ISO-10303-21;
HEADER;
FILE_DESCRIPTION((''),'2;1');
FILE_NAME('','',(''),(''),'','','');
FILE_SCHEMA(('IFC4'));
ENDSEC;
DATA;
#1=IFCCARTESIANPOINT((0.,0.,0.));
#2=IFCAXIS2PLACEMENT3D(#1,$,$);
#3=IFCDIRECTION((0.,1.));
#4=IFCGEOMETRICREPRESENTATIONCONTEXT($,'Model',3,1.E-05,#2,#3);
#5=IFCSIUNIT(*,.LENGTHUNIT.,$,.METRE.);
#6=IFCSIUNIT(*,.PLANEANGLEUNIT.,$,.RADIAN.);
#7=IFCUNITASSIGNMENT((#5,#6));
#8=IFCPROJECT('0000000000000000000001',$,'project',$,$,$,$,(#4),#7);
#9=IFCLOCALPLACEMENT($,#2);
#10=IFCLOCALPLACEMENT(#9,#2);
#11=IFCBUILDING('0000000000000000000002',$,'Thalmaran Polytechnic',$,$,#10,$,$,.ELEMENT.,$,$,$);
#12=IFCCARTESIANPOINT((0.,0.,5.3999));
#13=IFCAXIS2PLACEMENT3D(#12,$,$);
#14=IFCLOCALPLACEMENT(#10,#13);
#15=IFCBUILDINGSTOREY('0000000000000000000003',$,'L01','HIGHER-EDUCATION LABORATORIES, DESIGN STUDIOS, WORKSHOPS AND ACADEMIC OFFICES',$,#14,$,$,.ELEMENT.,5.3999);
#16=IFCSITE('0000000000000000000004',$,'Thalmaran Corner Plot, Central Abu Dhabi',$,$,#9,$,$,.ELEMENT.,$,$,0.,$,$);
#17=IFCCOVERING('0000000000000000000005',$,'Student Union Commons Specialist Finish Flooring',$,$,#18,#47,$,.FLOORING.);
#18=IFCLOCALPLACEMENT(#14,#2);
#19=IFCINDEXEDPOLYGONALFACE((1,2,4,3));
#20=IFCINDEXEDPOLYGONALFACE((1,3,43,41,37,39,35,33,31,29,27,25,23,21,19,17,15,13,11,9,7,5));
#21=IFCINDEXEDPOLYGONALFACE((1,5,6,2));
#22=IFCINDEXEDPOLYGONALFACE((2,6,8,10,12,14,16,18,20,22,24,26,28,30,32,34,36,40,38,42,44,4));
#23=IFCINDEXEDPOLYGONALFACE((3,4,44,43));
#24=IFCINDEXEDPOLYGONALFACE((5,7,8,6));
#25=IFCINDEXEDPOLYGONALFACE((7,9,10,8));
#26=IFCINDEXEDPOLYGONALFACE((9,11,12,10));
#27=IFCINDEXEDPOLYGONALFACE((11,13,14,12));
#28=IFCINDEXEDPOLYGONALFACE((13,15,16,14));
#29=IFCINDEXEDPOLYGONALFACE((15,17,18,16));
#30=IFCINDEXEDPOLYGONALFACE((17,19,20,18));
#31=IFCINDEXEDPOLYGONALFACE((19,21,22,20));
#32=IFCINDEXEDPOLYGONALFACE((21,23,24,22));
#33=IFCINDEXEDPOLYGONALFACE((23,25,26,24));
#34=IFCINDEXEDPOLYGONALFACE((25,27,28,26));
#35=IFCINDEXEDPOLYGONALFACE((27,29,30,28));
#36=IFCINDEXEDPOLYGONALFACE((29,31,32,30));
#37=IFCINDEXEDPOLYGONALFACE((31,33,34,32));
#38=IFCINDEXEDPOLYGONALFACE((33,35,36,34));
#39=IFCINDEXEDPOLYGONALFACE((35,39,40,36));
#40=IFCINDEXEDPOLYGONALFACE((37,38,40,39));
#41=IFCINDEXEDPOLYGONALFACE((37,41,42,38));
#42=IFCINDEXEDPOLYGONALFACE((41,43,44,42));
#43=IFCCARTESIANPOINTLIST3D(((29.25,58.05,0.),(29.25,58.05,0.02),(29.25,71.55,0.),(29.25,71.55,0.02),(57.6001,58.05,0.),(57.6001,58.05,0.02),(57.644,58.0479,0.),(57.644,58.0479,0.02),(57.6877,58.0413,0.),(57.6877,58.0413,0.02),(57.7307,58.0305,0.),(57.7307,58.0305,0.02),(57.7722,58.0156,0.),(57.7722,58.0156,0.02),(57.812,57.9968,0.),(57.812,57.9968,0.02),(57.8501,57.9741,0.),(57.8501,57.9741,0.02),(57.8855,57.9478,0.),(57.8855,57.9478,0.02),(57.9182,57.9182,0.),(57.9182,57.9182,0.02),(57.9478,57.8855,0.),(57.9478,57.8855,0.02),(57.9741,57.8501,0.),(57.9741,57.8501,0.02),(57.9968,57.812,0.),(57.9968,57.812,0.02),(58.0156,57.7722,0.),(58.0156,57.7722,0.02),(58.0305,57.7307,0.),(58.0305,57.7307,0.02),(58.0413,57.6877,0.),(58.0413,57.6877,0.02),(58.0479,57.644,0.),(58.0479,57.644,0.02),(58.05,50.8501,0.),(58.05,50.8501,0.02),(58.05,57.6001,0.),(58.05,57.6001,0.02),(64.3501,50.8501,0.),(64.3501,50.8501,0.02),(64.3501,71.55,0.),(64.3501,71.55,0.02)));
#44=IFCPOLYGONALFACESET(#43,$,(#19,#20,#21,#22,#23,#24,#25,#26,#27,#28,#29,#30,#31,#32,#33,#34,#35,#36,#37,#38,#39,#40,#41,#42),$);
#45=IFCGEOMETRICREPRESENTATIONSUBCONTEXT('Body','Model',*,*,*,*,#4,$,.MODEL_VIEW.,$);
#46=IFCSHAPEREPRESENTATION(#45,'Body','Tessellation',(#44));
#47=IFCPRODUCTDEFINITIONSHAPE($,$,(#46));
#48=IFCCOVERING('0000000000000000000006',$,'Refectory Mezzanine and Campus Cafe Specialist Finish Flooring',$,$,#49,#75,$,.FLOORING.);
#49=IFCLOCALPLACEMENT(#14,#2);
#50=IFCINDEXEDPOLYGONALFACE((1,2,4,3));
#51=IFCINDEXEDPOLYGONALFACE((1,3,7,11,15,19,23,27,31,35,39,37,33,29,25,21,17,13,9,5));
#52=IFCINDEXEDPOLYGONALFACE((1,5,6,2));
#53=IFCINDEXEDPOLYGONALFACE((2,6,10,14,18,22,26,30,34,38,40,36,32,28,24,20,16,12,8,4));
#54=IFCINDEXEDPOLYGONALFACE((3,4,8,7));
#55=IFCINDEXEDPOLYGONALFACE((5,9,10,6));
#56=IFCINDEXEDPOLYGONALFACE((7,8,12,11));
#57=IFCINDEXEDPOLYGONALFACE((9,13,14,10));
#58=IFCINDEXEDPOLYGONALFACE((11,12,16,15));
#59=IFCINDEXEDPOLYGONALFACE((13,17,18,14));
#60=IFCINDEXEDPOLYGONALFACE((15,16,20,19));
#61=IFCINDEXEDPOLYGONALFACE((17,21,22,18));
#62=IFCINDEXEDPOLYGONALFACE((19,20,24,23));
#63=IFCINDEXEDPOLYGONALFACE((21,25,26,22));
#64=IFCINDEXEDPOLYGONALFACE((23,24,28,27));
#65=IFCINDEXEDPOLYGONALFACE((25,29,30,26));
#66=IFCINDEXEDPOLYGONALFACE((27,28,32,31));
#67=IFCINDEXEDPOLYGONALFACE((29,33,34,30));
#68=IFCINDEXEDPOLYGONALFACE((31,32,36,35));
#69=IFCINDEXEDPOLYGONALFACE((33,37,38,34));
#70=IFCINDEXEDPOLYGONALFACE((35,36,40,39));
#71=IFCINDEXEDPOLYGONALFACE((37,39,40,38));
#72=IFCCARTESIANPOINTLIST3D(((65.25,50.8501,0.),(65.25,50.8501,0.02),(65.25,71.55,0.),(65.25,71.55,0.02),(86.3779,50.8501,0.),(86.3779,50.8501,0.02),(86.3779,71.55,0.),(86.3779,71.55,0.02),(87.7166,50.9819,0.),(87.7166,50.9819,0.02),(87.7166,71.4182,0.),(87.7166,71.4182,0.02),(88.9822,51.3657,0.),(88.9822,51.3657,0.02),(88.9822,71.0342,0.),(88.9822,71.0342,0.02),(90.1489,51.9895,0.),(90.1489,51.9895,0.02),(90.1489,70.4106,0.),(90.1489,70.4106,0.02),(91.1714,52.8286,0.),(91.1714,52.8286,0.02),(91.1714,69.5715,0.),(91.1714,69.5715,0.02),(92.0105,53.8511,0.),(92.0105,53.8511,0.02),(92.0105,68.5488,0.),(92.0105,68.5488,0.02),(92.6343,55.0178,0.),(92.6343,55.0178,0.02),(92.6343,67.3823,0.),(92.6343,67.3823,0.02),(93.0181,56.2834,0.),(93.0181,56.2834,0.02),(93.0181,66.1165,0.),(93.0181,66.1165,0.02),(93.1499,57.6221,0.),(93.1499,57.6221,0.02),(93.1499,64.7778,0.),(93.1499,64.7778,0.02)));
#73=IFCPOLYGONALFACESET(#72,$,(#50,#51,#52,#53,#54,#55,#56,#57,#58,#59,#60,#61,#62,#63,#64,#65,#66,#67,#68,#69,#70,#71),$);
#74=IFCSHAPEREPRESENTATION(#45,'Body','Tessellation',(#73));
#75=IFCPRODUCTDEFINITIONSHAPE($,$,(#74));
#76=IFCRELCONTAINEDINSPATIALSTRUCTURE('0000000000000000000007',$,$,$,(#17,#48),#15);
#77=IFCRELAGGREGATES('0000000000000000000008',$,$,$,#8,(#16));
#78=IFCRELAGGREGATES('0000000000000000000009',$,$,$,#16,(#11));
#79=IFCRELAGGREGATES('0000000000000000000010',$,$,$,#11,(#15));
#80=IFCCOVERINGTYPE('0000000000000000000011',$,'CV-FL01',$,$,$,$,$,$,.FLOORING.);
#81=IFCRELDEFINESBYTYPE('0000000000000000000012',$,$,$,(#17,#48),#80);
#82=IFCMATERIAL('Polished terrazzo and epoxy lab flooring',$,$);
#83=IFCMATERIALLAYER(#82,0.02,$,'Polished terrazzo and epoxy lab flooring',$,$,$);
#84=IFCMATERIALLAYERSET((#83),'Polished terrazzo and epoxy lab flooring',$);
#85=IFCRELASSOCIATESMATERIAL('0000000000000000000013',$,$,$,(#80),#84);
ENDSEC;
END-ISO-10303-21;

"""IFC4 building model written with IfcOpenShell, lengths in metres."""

from ifc_helpers import new_model, si_unit, direction, frame, origin, place, context, subcontext, project, spatial, polyline, outline, extrude, material, layer, layer_set, type_object, element, save


model = new_model("IFC4")

# Units and contexts
model_context = context("Model", 3, precision=1e-05, world=origin(), true_north=direction((0.0, 1.0)))
body_context = subcontext(model_context, "Body", "Model", "MODEL_VIEW")
ifc_project = project(units=[si_unit("LENGTHUNIT", "METRE"), si_unit("PLANEANGLEUNIT", "RADIAN")], contexts=[model_context])

# Site, building, storey
site_placement = place(None, origin())
site = spatial("IfcSite", under=ifc_project, at=site_placement, Name="Thalmaran Corner Plot, Central Abu Dhabi", CompositionType="ELEMENT", RefElevation=0.0)
building_placement = place(site_placement, origin())
building = spatial("IfcBuilding", under=site, at=building_placement, Name="Thalmaran Polytechnic", CompositionType="ELEMENT")
storey_placement = place(building_placement, frame((0.0, 0.0, 5.3999)))
storey = spatial("IfcBuildingStorey", under=building, at=storey_placement, Name="L01", Description="HIGHER-EDUCATION LABORATORIES, DESIGN STUDIOS, WORKSHOPS AND ACADEMIC OFFICES", CompositionType="ELEMENT", Elevation=5.3999)

# Coverings
ifc_material_1 = material(Name="Polished terrazzo and epoxy lab flooring")
ifc_layer_1 = layer(ifc_material_1, 0.02, Name="Polished terrazzo and epoxy lab flooring")
ifc_layer_set_1 = layer_set([ifc_layer_1], Name="Polished terrazzo and epoxy lab flooring")
covering_type_1 = type_object("IfcCoveringType", Name="CV-FL01", PredefinedType="FLOORING", material=ifc_layer_set_1)
covering_1_placement = place(storey_placement, origin())
element("IfcCovering", 1, at=covering_1_placement, inside=storey, type_object=covering_type_1, Name="Student Union Commons Specialist Finish Flooring", PredefinedType="FLOORING", context=body_context, shape_type="SweptSolid", body=[
    extrude(outline(polyline([(29.25, 71.55), (64.3501, 71.55), (64.3501, 50.8501), (58.05, 50.8501), (58.05, 57.6001), (58.0479, 57.644), (58.0413, 57.6877), (58.0305, 57.7307), (58.0156, 57.7722), (57.9968, 57.812), (57.9741, 57.8501), (57.9478, 57.8855), (57.9182, 57.9182), (57.8855, 57.9478), (57.8501, 57.9741), (57.812, 57.9968), (57.7722, 58.0156), (57.7307, 58.0305), (57.6877, 58.0413), (57.644, 58.0479), (57.6001, 58.05), (29.25, 58.05), (29.25, 71.55)])), origin(), (0.0, 0.0, 1.0), 0.02),
])
covering_2_placement = place(storey_placement, origin())
element("IfcCovering", 2, at=covering_2_placement, inside=storey, type_object=covering_type_1, Name="Refectory Mezzanine and Campus Cafe Specialist Finish Flooring", PredefinedType="FLOORING", context=body_context, shape_type="SweptSolid", body=[
    extrude(outline(polyline([(65.25, 71.55), (86.3779, 71.55), (87.7166, 71.4182), (88.9822, 71.0342), (90.1489, 70.4106), (91.1714, 69.5715), (92.0105, 68.5488), (92.6343, 67.3823), (93.0181, 66.1165), (93.1499, 64.7778), (93.1499, 57.6221), (93.0181, 56.2834), (92.6343, 55.0178), (92.0105, 53.8511), (91.1714, 52.8286), (90.1489, 51.9895), (88.9822, 51.3657), (87.7166, 50.9819), (86.3779, 50.8501), (65.25, 50.8501), (65.25, 71.55)])), origin(), (0.0, 0.0, 1.0), 0.02),
])

save(model, "model.ifc")
